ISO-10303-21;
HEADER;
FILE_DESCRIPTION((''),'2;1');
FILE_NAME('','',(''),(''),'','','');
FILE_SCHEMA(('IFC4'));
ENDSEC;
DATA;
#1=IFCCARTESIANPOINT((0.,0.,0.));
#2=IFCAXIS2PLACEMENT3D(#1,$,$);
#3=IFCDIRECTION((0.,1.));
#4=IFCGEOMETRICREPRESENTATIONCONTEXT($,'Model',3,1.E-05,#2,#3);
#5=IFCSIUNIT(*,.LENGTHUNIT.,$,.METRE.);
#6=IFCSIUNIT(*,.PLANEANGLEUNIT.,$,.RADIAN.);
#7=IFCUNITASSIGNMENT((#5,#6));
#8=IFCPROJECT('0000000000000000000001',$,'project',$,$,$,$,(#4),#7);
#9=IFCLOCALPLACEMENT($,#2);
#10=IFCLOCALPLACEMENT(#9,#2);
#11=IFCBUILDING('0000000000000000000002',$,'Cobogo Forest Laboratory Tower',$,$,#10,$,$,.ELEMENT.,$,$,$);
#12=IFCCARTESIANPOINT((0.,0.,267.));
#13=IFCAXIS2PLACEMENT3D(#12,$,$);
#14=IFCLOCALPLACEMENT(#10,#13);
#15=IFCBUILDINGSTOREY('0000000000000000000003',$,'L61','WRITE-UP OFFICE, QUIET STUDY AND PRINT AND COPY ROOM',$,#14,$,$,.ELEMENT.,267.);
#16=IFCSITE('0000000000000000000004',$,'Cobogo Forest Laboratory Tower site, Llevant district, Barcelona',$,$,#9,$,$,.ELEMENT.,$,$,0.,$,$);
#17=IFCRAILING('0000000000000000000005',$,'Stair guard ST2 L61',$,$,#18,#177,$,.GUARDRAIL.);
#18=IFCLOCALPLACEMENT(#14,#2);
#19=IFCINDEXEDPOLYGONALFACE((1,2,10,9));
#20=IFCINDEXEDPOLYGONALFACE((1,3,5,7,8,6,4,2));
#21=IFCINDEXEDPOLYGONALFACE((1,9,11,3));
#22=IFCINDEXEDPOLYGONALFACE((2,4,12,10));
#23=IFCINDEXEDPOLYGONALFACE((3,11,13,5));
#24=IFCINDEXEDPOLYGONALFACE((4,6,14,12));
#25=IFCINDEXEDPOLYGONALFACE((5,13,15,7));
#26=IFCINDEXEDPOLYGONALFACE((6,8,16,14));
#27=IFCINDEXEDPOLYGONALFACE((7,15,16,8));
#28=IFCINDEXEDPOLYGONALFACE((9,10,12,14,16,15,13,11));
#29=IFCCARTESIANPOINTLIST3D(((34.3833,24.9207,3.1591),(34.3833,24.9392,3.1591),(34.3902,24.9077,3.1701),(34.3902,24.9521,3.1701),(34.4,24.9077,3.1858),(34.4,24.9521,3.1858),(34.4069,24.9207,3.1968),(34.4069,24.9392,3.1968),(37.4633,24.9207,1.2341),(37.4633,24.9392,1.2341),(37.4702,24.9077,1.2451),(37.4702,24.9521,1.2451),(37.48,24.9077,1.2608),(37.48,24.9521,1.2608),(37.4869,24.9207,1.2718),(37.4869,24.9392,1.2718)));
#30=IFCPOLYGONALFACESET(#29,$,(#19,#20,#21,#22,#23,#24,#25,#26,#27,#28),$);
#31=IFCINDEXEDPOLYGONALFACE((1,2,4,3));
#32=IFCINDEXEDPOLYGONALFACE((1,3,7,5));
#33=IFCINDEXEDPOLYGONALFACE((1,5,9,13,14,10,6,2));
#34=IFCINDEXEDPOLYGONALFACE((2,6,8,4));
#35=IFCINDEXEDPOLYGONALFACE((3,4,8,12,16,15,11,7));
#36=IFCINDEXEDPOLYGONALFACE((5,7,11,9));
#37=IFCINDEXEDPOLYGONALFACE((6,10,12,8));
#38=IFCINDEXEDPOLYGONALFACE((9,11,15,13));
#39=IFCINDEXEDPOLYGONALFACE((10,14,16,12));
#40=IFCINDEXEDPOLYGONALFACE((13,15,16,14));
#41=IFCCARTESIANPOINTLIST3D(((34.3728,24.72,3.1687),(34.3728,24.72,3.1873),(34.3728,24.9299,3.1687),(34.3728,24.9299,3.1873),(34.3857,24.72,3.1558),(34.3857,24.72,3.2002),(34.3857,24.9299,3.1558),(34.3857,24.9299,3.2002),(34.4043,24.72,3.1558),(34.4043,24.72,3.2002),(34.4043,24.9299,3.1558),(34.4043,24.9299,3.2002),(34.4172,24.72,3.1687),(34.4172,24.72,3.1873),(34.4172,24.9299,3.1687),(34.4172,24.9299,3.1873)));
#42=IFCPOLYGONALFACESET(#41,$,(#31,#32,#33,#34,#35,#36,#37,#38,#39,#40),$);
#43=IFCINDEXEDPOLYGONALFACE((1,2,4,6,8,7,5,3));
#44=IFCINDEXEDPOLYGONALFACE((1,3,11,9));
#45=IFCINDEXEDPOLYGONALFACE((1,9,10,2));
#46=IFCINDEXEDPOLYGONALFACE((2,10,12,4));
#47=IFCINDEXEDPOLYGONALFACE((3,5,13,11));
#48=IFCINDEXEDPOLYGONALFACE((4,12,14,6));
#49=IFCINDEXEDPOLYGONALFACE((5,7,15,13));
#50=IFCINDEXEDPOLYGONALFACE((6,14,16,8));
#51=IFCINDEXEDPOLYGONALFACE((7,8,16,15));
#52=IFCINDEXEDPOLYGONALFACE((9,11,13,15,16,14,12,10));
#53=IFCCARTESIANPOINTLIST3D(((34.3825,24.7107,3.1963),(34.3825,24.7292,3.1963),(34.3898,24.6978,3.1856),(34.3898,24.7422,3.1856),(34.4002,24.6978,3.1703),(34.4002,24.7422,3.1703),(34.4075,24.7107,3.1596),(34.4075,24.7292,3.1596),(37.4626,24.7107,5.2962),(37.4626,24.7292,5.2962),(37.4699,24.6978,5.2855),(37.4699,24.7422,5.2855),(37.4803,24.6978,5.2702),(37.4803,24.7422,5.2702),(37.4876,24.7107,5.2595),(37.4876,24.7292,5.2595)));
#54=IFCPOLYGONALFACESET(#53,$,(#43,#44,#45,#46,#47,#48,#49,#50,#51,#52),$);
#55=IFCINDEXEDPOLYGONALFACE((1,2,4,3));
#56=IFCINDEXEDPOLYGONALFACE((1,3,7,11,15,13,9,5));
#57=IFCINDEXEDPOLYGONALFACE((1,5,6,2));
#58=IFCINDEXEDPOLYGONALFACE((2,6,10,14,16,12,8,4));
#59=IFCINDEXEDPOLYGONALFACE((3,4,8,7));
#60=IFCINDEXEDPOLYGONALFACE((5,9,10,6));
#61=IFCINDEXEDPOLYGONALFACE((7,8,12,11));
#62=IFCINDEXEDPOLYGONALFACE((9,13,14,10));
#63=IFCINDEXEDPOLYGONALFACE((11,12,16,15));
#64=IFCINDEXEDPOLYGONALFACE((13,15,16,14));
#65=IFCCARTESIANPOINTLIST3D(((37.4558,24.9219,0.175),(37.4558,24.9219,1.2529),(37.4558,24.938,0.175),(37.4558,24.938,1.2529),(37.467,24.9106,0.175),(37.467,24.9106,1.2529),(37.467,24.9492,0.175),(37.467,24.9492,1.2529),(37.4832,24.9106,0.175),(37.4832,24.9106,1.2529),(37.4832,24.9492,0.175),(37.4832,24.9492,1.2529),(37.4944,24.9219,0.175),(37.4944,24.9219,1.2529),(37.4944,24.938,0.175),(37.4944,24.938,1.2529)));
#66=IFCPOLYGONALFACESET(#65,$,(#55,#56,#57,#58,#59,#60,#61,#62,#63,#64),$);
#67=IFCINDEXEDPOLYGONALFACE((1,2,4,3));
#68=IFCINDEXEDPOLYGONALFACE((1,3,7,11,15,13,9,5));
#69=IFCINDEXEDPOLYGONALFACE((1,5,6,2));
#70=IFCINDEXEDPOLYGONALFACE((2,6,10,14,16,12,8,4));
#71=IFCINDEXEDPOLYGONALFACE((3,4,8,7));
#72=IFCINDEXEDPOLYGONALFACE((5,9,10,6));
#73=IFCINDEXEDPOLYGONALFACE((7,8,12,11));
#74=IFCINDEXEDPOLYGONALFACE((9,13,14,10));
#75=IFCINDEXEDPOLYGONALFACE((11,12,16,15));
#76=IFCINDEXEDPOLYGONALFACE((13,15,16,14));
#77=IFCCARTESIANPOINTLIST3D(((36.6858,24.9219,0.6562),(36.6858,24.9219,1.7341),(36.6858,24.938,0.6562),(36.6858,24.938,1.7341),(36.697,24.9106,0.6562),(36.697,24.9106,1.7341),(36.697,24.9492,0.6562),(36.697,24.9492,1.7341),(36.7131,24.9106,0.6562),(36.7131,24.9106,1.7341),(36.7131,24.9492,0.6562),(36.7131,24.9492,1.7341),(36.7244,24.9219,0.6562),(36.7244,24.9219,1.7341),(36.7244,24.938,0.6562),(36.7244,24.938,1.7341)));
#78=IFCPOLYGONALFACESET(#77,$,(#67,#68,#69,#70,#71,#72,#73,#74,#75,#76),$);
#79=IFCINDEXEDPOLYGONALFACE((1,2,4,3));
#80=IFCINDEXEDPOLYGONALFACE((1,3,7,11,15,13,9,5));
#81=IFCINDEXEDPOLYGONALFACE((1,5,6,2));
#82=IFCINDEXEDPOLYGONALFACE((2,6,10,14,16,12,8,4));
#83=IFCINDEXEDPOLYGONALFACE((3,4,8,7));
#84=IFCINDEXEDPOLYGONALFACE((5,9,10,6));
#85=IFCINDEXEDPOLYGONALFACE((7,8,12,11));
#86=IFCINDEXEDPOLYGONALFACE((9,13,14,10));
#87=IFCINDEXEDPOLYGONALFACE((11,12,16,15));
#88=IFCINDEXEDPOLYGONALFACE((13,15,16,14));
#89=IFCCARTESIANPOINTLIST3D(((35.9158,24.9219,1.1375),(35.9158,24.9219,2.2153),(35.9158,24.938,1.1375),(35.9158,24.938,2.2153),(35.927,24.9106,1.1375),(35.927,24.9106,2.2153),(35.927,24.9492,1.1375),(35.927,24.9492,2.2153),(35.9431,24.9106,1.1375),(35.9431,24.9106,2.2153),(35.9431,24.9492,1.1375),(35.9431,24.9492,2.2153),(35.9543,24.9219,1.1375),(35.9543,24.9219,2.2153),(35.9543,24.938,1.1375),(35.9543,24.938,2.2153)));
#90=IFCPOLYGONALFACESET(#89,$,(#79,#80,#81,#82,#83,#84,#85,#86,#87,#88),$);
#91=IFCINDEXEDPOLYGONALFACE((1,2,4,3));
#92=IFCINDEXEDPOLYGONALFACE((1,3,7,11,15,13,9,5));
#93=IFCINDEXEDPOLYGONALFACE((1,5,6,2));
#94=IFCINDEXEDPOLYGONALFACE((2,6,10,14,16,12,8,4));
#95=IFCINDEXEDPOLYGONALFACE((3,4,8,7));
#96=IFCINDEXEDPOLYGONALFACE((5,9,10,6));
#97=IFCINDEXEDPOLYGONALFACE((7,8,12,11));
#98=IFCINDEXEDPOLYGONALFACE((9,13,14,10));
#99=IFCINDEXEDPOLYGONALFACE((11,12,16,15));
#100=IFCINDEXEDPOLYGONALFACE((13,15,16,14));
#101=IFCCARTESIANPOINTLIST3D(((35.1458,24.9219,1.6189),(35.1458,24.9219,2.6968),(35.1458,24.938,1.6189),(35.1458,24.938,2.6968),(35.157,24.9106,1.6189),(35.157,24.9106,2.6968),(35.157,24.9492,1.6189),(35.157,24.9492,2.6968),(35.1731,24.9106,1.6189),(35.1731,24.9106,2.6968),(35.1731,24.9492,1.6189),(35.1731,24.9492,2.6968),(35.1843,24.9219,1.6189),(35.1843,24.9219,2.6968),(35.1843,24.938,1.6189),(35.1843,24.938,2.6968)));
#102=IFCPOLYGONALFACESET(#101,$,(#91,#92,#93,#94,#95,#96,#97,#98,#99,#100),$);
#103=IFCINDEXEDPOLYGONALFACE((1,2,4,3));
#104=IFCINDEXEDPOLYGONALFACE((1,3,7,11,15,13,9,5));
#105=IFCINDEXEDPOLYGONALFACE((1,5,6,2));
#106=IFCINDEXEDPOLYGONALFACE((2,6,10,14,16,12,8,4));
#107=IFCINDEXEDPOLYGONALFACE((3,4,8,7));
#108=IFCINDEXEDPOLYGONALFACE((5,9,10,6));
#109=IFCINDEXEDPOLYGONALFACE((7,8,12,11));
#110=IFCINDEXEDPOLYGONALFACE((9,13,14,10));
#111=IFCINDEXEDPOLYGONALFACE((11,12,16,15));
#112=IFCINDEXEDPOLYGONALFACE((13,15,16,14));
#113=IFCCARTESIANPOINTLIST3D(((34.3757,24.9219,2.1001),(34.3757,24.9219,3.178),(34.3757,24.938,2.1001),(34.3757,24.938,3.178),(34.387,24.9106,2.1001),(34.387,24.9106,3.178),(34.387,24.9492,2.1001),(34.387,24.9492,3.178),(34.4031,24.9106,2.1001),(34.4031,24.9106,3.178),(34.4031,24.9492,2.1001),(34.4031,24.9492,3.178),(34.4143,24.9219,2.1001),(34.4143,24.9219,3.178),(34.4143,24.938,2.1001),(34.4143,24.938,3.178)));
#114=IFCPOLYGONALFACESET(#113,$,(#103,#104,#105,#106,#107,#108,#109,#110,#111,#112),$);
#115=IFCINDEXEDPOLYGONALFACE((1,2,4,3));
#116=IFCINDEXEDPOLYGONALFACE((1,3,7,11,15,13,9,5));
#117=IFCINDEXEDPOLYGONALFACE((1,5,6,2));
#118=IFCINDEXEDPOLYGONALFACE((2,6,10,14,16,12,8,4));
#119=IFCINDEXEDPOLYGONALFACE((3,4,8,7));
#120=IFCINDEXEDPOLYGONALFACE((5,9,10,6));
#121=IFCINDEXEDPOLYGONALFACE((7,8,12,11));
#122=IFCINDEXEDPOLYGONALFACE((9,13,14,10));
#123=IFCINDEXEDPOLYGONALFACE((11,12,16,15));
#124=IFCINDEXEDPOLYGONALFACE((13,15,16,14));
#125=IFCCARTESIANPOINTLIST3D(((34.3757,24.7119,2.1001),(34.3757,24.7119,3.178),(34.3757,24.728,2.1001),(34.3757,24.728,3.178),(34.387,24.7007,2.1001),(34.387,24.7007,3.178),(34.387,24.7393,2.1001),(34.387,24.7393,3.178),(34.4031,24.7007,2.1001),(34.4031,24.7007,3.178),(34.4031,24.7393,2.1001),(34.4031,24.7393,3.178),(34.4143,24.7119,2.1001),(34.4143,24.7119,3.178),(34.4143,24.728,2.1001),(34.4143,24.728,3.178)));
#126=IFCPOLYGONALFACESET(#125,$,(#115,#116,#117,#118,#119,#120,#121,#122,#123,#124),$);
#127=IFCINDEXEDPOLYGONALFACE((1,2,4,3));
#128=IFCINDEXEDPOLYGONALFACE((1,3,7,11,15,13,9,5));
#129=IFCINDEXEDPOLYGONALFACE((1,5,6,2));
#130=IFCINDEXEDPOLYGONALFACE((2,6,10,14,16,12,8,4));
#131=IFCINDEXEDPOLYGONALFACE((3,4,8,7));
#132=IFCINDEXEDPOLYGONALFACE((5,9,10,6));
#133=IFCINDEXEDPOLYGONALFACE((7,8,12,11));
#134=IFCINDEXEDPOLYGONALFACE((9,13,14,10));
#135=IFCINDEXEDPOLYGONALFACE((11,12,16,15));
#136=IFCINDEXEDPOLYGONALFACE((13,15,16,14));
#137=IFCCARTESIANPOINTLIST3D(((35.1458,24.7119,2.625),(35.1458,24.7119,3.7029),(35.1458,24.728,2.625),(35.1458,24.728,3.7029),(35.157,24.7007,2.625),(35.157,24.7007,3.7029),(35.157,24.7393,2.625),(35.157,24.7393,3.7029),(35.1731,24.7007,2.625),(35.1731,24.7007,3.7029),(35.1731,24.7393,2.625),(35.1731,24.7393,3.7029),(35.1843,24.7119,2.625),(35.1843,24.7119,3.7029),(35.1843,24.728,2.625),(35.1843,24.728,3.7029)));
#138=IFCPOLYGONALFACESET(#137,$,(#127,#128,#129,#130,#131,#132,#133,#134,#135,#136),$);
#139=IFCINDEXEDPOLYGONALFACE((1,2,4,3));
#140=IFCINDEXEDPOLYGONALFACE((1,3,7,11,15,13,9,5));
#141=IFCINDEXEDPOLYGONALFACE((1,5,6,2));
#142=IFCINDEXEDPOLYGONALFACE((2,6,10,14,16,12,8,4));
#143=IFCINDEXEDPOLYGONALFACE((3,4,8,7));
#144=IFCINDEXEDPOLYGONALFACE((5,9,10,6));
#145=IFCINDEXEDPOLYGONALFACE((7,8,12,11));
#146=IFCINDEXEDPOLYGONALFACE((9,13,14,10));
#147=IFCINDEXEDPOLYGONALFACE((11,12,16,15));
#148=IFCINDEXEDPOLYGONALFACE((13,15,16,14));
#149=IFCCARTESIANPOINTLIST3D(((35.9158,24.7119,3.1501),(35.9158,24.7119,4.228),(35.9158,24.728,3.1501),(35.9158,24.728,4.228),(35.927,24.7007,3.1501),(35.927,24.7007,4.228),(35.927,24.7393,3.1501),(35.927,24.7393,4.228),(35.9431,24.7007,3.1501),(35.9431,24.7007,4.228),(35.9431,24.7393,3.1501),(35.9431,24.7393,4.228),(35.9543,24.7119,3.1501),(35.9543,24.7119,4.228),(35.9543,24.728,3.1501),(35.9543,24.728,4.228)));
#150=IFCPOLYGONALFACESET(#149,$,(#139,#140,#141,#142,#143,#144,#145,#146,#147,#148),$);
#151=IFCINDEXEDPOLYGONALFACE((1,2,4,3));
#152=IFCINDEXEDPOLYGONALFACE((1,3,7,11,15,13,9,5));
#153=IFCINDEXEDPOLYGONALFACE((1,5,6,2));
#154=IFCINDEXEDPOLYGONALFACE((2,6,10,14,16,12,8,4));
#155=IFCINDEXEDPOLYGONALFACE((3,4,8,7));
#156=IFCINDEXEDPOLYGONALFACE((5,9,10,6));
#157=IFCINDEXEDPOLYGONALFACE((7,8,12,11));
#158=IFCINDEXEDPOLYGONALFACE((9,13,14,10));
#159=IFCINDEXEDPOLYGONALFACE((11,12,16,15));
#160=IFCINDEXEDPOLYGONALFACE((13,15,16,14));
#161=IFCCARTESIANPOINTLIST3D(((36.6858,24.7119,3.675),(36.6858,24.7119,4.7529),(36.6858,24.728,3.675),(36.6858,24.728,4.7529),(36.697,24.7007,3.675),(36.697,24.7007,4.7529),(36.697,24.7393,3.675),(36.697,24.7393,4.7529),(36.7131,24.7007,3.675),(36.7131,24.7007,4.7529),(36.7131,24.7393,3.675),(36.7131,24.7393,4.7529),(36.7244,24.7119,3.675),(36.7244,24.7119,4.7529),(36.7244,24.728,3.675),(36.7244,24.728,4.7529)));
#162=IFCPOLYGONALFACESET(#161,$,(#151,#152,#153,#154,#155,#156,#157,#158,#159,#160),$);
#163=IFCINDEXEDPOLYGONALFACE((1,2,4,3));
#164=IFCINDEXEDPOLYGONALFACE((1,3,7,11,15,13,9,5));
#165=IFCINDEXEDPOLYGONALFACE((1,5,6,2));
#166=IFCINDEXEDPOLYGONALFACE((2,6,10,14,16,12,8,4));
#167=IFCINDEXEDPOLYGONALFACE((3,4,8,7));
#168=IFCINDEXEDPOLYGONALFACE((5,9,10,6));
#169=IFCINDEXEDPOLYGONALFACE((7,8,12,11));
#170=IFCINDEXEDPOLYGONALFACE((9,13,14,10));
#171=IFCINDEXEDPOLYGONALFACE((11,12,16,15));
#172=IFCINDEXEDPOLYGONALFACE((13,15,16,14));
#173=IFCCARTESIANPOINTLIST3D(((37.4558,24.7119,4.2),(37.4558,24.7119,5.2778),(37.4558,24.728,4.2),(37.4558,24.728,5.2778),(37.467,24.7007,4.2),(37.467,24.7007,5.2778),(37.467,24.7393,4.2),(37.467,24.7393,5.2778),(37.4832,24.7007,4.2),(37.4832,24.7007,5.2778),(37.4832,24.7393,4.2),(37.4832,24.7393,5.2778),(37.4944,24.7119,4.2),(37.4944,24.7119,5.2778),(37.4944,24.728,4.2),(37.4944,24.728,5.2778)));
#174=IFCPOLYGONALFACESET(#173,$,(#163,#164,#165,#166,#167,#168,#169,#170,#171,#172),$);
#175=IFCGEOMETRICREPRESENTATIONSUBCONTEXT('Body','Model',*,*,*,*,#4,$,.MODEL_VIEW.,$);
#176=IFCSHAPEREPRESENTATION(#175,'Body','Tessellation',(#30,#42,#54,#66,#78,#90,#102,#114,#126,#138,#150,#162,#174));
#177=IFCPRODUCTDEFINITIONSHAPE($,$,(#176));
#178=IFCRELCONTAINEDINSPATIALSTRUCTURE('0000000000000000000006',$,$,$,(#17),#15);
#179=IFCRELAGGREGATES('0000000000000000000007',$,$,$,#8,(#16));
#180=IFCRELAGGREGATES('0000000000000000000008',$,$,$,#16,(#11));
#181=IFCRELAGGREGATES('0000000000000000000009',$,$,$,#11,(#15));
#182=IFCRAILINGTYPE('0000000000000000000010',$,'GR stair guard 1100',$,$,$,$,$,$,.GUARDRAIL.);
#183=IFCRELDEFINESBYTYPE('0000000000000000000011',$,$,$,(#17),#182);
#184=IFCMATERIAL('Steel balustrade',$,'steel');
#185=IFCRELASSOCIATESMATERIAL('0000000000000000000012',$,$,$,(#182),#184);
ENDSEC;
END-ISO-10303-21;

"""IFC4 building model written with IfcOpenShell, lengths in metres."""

from ifc_helpers import new_model, si_unit, direction, frame, origin, place, context, subcontext, project, spatial, polyline, outline, extrude, material, type_object, element, save


model = new_model("IFC4")

# Units and contexts
model_context = context("Model", 3, precision=1e-05, world=origin(), true_north=direction((0.0, 1.0)))
body_context = subcontext(model_context, "Body", "Model", "MODEL_VIEW")
ifc_project = project(units=[si_unit("LENGTHUNIT", "METRE"), si_unit("PLANEANGLEUNIT", "RADIAN")], contexts=[model_context])

# Site, building, storey
site_placement = place(None, origin())
site = spatial("IfcSite", under=ifc_project, at=site_placement, Name="Cobogo Forest Laboratory Tower site, Llevant district, Barcelona", CompositionType="ELEMENT", RefElevation=0.0)
building_placement = place(site_placement, origin())
building = spatial("IfcBuilding", under=site, at=building_placement, Name="Cobogo Forest Laboratory Tower", CompositionType="ELEMENT")
storey_placement = place(building_placement, frame((0.0, 0.0, 267.0)))
storey = spatial("IfcBuildingStorey", under=building, at=storey_placement, Name="L61", Description="WRITE-UP OFFICE, QUIET STUDY AND PRINT AND COPY ROOM", CompositionType="ELEMENT", Elevation=267.0)

# Railing
ifc_material_1 = material(Name="Steel balustrade", Category="steel")
railing_type_1 = type_object("IfcRailingType", Name="GR stair guard 1100", PredefinedType="GUARDRAIL", material=ifc_material_1)
railing_1_placement = place(storey_placement, frame((37.4751, 24.9299, 0.175)))
element("IfcRailing", 1, at=railing_1_placement, inside=storey, type_object=railing_type_1, Name="Stair guard ST2 L61", PredefinedType="GUARDRAIL", context=body_context, shape_type="SweptSolid", body=[
    extrude(outline(polyline([(0.0222, 0.0093), (0.0093, 0.0222), (-0.0093, 0.0222), (-0.0222, 0.0093), (-0.0222, -0.0093), (-0.0093, -0.0222), (0.0093, -0.0222), (0.0222, -0.0093), (0.0222, 0.0093)])), frame((0.0, 0.0, 1.0779), z_axis=(-0.847998, 0.0, 0.529999), x_axis=(0.0, -1.0, 0.0)), (0.0, 0.0, 1.0), 3.6321),
    extrude(outline(polyline([(0.0222, 0.0093), (0.0093, 0.0222), (-0.0093, 0.0222), (-0.0222, 0.0093), (-0.0222, -0.0093), (-0.0093, -0.0222), (0.0093, -0.0222), (0.0222, -0.0093), (0.0222, 0.0093)])), frame((-3.0801, 0.0, 3.0029), z_axis=(0.0, -1.0, 0.0), x_axis=(1.0, 0.0, 0.0)), (0.0, 0.0, 1.0), 0.21),
    extrude(outline(polyline([(0.0222, 0.0093), (0.0093, 0.0222), (-0.0093, 0.0222), (-0.0222, 0.0093), (-0.0222, -0.0093), (-0.0093, -0.0222), (0.0093, -0.0222), (0.0222, -0.0093), (0.0222, 0.0093)])), frame((-3.0801, -0.21, 3.0029), z_axis=(0.826252, 0.0, 0.5633), x_axis=(0.0, 1.0, 0.0)), (0.0, 0.0, 1.0), 3.7278),
    extrude(outline(polyline([(0.0193, 0.0081), (0.0081, 0.0193), (-0.0081, 0.0193), (-0.0193, 0.0081), (-0.0193, -0.0081), (-0.0081, -0.0193), (0.0081, -0.0193), (0.0193, -0.0081), (0.0193, 0.0081)])), origin(), (0.0, 0.0, 1.0), 1.0779),
    extrude(outline(polyline([(0.0193, 0.0081), (0.0081, 0.0193), (-0.0081, 0.0193), (-0.0193, 0.0081), (-0.0193, -0.0081), (-0.0081, -0.0193), (0.0081, -0.0193), (0.0193, -0.0081), (0.0193, 0.0081)])), frame((-0.77, 0.0, 0.4812)), (0.0, 0.0, 1.0), 1.0779),
    extrude(outline(polyline([(0.0193, 0.0081), (0.0081, 0.0193), (-0.0081, 0.0193), (-0.0193, 0.0081), (-0.0193, -0.0081), (-0.0081, -0.0193), (0.0081, -0.0193), (0.0193, -0.0081), (0.0193, 0.0081)])), frame((-1.54, 0.0, 0.9624)), (0.0, 0.0, 1.0), 1.0779),
    extrude(outline(polyline([(0.0193, 0.0081), (0.0081, 0.0193), (-0.0081, 0.0193), (-0.0193, 0.0081), (-0.0193, -0.0081), (-0.0081, -0.0193), (0.0081, -0.0193), (0.0193, -0.0081), (0.0193, 0.0081)])), frame((-2.3101, 0.0, 1.4438)), (0.0, 0.0, 1.0), 1.0779),
    extrude(outline(polyline([(0.0193, 0.0081), (0.0081, 0.0193), (-0.0081, 0.0193), (-0.0193, 0.0081), (-0.0193, -0.0081), (-0.0081, -0.0193), (0.0081, -0.0193), (0.0193, -0.0081), (0.0193, 0.0081)])), frame((-3.0801, 0.0, 1.925)), (0.0, 0.0, 1.0), 1.0779),
    extrude(outline(polyline([(0.0193, 0.0081), (0.0081, 0.0193), (-0.0081, 0.0193), (-0.0193, 0.0081), (-0.0193, -0.0081), (-0.0081, -0.0193), (0.0081, -0.0193), (0.0193, -0.0081), (0.0193, 0.0081)])), frame((-3.0801, -0.21, 1.925)), (0.0, 0.0, 1.0), 1.0779),
    extrude(outline(polyline([(0.0193, 0.0081), (0.0081, 0.0193), (-0.0081, 0.0193), (-0.0193, 0.0081), (-0.0193, -0.0081), (-0.0081, -0.0193), (0.0081, -0.0193), (0.0193, -0.0081), (0.0193, 0.0081)])), frame((-2.3101, -0.21, 2.45)), (0.0, 0.0, 1.0), 1.0779),
    extrude(outline(polyline([(0.0193, 0.0081), (0.0081, 0.0193), (-0.0081, 0.0193), (-0.0193, 0.0081), (-0.0193, -0.0081), (-0.0081, -0.0193), (0.0081, -0.0193), (0.0193, -0.0081), (0.0193, 0.0081)])), frame((-1.54, -0.21, 2.9751)), (0.0, 0.0, 1.0), 1.0779),
    extrude(outline(polyline([(0.0193, 0.0081), (0.0081, 0.0193), (-0.0081, 0.0193), (-0.0193, 0.0081), (-0.0193, -0.0081), (-0.0081, -0.0193), (0.0081, -0.0193), (0.0193, -0.0081), (0.0193, 0.0081)])), frame((-0.77, -0.21, 3.5)), (0.0, 0.0, 1.0), 1.0779),
    extrude(outline(polyline([(0.0193, 0.0081), (0.0081, 0.0193), (-0.0081, 0.0193), (-0.0193, 0.0081), (-0.0193, -0.0081), (-0.0081, -0.0193), (0.0081, -0.0193), (0.0193, -0.0081), (0.0193, 0.0081)])), frame((0.0, -0.21, 4.0249)), (0.0, 0.0, 1.0), 1.0779),
])

save(model, "model.ifc")
